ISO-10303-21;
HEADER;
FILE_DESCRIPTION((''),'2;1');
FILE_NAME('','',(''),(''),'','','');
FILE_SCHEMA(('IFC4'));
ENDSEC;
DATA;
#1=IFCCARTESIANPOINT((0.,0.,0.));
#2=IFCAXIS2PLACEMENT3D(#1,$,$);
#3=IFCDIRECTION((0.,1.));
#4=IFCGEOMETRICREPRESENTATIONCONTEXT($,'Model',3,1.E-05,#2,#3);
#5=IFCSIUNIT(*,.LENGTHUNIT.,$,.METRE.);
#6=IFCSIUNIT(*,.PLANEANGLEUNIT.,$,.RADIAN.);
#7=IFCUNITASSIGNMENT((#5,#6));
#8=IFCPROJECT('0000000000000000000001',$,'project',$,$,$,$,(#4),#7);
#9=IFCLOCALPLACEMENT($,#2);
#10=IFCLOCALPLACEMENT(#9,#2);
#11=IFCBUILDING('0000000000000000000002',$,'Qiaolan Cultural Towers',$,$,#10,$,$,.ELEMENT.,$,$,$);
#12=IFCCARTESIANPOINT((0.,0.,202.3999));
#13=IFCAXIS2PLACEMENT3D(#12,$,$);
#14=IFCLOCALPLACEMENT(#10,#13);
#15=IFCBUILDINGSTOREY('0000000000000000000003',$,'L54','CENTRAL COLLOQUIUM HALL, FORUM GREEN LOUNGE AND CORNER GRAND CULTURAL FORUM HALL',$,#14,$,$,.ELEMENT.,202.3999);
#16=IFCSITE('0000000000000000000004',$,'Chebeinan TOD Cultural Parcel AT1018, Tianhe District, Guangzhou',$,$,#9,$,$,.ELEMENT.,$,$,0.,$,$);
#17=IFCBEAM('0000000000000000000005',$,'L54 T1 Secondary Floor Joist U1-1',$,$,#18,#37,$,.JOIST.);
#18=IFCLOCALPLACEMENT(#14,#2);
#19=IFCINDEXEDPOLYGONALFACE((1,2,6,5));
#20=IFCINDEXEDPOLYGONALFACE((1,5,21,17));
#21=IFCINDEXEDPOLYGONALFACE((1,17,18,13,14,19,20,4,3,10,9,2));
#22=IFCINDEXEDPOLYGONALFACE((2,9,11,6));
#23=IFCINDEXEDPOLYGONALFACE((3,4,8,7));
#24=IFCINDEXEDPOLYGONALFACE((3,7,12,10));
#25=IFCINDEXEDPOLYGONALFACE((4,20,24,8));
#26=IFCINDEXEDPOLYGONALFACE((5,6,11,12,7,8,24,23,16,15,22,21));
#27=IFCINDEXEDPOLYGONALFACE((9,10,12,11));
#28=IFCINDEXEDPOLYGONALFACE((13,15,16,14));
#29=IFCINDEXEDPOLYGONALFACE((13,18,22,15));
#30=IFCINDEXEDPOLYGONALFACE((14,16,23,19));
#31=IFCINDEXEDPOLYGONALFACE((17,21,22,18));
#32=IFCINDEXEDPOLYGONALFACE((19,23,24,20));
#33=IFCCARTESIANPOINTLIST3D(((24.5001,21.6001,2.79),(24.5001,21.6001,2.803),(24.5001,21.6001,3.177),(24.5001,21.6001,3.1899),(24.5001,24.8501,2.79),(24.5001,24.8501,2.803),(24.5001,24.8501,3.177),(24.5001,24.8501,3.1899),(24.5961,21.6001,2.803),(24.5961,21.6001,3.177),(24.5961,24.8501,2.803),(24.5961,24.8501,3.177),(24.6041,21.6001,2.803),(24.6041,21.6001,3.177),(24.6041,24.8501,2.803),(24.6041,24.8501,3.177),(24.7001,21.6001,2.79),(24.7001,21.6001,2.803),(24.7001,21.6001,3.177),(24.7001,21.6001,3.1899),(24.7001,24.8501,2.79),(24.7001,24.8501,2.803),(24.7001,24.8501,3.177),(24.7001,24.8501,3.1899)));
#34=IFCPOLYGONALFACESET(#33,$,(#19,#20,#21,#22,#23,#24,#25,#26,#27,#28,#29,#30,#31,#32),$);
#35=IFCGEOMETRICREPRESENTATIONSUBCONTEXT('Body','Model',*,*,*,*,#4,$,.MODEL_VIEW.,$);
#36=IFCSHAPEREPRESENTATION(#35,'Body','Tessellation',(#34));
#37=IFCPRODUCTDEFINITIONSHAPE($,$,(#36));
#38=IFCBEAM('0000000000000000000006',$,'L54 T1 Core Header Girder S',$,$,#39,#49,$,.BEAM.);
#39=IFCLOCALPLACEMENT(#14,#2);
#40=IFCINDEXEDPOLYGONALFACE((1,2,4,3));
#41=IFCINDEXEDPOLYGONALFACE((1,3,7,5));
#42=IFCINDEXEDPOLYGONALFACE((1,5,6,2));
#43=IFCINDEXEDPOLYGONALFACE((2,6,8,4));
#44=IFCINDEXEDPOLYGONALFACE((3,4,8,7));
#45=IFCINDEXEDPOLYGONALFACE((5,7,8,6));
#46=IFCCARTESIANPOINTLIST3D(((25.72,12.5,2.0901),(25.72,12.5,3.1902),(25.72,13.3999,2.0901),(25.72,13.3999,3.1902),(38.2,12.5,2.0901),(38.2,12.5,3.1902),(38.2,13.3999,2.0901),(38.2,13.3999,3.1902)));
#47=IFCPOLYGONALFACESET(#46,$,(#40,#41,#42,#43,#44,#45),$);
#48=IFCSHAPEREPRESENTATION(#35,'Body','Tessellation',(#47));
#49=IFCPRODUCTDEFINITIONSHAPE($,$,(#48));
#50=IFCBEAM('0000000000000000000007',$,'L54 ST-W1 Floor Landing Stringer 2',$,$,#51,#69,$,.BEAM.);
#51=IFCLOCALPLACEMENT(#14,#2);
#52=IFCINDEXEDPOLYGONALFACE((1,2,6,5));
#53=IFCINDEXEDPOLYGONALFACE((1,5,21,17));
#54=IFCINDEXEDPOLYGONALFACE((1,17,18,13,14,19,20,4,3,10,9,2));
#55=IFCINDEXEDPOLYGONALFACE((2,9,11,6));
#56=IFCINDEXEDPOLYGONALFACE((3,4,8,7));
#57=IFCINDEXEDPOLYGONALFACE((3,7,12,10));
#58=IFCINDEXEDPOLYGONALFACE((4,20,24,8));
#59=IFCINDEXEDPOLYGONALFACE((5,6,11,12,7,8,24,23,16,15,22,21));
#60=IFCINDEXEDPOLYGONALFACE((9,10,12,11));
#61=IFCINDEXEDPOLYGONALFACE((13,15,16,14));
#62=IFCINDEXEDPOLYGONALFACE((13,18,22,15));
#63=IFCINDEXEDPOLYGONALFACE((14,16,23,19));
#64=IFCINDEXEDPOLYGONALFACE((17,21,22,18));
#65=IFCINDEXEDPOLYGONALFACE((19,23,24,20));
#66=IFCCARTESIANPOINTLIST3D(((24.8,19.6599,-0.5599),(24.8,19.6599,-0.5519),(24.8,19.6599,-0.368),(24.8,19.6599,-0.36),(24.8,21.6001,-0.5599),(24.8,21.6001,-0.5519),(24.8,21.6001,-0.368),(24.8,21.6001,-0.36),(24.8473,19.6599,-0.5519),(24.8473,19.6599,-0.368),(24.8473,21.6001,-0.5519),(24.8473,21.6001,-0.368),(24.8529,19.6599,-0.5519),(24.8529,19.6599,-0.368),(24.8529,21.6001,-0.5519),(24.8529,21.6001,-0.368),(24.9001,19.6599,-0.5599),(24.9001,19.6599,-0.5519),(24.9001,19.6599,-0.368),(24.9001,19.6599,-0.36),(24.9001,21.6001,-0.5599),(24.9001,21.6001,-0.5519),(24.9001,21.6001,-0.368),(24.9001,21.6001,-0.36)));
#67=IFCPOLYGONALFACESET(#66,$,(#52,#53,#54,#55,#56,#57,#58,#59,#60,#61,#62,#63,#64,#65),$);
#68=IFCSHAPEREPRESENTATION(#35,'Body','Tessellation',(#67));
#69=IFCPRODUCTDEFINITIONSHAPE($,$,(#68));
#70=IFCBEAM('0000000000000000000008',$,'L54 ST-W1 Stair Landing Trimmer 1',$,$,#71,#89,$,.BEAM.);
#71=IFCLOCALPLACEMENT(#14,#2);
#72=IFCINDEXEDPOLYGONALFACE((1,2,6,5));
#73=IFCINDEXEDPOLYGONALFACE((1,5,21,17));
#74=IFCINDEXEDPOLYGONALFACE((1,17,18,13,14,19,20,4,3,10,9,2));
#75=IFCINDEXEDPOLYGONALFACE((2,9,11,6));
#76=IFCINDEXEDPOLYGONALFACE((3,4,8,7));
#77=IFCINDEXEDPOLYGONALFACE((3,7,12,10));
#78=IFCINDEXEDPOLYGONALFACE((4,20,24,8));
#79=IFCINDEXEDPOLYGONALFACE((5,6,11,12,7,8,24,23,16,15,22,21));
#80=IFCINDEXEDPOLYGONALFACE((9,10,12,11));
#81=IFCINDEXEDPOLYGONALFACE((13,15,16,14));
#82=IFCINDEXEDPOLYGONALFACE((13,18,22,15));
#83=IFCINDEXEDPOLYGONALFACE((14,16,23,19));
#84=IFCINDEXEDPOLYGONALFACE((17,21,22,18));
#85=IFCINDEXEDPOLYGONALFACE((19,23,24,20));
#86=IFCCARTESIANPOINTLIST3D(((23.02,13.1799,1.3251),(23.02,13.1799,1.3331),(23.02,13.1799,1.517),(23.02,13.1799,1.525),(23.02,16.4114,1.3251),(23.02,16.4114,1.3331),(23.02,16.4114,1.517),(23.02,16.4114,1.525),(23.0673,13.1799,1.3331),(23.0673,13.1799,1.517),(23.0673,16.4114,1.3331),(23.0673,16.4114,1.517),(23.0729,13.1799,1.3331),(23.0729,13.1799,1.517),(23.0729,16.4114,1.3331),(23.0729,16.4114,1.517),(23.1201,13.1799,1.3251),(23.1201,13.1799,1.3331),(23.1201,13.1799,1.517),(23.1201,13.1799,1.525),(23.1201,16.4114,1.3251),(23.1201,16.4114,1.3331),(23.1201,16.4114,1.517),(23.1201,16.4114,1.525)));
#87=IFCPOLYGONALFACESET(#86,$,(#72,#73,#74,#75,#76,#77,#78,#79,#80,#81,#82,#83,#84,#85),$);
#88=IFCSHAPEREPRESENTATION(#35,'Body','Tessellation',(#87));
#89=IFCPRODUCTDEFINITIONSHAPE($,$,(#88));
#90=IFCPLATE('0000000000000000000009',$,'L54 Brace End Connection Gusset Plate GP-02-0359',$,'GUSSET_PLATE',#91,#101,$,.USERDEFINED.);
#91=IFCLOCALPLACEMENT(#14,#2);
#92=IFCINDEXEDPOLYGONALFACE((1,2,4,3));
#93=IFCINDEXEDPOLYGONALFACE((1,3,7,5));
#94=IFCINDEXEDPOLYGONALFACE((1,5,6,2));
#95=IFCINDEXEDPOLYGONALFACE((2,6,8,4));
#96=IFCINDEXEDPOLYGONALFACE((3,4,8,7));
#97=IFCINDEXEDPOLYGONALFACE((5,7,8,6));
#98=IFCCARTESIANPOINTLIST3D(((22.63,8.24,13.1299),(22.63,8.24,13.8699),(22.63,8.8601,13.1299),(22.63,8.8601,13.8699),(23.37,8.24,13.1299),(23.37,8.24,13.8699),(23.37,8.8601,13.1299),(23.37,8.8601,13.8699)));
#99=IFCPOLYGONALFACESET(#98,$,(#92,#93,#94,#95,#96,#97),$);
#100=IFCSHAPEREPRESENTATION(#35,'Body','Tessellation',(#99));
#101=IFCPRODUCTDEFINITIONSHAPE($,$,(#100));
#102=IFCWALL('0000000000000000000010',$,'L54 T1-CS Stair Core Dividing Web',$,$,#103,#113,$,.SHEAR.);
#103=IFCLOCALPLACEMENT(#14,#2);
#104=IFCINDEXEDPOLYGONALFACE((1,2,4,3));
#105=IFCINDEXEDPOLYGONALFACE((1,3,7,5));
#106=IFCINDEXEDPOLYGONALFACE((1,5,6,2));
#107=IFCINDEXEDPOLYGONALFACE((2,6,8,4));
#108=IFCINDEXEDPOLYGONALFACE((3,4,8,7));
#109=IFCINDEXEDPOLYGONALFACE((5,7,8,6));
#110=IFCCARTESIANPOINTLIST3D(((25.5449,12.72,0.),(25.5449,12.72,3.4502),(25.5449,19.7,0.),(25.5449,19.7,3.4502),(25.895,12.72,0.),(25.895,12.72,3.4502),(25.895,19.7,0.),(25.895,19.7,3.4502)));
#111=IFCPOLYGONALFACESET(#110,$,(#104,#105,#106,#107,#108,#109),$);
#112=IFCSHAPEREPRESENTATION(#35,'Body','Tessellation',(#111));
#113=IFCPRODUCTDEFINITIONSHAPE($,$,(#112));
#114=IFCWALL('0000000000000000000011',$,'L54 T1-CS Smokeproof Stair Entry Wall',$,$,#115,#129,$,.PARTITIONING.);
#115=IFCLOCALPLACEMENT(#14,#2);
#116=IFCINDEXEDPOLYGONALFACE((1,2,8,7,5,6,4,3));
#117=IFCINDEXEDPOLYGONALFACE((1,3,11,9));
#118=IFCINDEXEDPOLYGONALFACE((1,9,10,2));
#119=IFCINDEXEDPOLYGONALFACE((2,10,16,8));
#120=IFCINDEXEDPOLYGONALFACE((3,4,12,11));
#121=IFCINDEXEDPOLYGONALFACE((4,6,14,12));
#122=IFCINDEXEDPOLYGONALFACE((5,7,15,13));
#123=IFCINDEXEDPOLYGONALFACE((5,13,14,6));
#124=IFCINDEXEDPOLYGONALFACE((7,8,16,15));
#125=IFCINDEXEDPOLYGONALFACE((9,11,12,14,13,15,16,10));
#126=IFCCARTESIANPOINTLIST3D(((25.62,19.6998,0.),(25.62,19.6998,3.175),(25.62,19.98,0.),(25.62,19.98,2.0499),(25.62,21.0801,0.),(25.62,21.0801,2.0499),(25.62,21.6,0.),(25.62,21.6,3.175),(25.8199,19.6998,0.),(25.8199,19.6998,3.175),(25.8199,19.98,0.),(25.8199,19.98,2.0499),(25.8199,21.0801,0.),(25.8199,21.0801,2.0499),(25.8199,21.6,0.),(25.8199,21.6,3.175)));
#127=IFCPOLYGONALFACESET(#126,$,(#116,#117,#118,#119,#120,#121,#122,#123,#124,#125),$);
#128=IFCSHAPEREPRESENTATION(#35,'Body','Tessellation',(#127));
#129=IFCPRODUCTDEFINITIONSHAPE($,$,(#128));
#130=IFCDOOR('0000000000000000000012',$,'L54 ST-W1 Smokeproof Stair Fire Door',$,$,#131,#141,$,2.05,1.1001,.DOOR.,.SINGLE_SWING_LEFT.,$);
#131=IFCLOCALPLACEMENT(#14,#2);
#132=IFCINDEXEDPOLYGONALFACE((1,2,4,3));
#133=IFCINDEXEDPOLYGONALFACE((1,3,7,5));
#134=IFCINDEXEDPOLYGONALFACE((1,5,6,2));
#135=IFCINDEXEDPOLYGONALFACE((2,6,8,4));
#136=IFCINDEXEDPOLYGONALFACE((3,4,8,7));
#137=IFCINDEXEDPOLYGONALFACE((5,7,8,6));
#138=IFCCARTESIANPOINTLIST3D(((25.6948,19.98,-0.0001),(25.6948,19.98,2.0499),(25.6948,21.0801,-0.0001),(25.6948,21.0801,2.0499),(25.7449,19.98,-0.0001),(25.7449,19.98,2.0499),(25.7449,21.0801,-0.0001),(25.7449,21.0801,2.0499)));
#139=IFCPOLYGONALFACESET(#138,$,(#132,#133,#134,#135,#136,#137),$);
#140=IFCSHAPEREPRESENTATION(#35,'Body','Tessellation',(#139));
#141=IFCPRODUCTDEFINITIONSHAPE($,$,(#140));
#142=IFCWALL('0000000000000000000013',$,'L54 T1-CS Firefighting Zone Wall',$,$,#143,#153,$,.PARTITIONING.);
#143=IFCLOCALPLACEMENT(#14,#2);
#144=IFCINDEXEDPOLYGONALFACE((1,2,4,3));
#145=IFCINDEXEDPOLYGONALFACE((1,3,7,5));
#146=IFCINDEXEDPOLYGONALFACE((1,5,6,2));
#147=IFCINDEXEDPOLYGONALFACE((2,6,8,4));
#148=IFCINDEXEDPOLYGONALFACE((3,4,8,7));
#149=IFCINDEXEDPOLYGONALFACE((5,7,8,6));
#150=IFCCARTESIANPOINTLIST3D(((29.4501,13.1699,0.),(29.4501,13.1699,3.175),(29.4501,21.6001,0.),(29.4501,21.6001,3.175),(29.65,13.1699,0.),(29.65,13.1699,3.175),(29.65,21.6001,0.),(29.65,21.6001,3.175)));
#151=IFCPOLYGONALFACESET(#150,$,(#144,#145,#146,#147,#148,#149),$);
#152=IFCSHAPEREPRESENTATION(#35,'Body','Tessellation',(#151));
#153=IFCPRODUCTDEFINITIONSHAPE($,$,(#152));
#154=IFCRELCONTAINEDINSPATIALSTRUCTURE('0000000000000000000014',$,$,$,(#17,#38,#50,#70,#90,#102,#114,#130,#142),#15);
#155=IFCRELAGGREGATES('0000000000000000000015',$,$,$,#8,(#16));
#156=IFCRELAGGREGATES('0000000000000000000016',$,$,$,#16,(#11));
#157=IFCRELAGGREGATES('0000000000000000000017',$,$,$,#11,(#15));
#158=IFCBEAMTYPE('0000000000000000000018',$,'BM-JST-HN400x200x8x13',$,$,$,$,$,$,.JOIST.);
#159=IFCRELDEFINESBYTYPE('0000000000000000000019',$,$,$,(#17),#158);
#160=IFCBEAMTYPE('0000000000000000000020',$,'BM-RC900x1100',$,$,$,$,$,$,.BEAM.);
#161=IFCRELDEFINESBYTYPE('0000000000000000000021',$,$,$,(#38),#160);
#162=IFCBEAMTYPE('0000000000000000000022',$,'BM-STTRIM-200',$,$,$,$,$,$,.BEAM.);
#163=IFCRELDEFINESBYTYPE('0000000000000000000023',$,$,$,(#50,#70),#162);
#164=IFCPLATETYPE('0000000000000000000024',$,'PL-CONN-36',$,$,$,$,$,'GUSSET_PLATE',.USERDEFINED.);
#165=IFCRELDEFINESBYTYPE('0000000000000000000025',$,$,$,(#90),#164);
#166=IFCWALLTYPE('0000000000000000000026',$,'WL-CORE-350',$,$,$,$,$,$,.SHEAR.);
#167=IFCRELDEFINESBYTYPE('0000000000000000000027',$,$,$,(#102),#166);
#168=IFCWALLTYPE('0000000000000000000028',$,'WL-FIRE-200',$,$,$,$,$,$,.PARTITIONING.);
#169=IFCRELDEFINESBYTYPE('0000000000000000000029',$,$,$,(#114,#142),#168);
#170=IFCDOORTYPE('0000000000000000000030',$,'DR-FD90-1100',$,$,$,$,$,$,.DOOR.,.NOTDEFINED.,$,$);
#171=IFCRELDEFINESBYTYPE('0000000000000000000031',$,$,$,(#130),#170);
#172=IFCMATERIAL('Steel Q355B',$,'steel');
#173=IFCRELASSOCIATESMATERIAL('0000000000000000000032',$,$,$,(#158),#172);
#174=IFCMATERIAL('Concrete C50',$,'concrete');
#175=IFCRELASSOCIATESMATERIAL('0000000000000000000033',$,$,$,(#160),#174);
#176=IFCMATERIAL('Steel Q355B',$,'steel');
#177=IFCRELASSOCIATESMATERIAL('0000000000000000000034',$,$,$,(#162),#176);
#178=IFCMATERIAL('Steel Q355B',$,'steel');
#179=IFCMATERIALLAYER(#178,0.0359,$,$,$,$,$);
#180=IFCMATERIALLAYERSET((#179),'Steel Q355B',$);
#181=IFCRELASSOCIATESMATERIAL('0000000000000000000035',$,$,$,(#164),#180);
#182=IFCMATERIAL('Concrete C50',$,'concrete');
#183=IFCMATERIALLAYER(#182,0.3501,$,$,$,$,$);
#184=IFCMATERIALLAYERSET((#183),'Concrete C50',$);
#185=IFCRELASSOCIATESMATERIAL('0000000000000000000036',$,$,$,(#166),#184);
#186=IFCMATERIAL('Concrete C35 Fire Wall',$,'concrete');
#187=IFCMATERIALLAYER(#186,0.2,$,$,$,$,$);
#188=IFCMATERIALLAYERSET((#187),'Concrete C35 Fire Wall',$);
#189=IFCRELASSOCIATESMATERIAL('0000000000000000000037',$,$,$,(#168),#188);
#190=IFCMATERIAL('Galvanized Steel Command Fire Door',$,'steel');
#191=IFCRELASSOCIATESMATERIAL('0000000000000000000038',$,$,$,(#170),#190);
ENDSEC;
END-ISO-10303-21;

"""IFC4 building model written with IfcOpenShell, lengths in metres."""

from ifc_helpers import new_model, si_unit, direction, frame, frame_2d, origin, origin_2d, place, context, subcontext, project, spatial, rectangle, i_section, extrude, material, layer, layer_set, material_profile, profile_set, type_object, element, fill, save


model = new_model("IFC4")

# Units and contexts
model_context = context("Model", 3, precision=1e-05, world=origin(), true_north=direction((0.0, 1.0)))
body_context = subcontext(model_context, "Body", "Model", "MODEL_VIEW")
ifc_project = project(units=[si_unit("LENGTHUNIT", "METRE"), si_unit("PLANEANGLEUNIT", "RADIAN")], contexts=[model_context])

# Site, building, storey
site_placement = place(None, origin())
site = spatial("IfcSite", under=ifc_project, at=site_placement, Name="Chebeinan TOD Cultural Parcel AT1018, Tianhe District, Guangzhou", CompositionType="ELEMENT", RefElevation=0.0)
building_placement = place(site_placement, origin())
building = spatial("IfcBuilding", under=site, at=building_placement, Name="Qiaolan Cultural Towers", CompositionType="ELEMENT")
storey_placement = place(building_placement, frame((0.0, 0.0, 202.3999)))
storey = spatial("IfcBuildingStorey", under=building, at=storey_placement, Name="L54", Description="CENTRAL COLLOQUIUM HALL, FORUM GREEN LOUNGE AND CORNER GRAND CULTURAL FORUM HALL", CompositionType="ELEMENT", Elevation=202.3999)

# Beams
ifc_material_1 = material(Name="Steel Q355B", Category="steel")
ifc_material_profile_1 = material_profile(ifc_material_1, i_section(OverallWidth=0.2, OverallDepth=0.3999, WebThickness=0.0081, FlangeThickness=0.0129, at=origin_2d()), Name="HN400x200x8x13")
ifc_profile_set_1 = profile_set([ifc_material_profile_1], Name="Steel Q355B")
beam_type_1 = type_object("IfcBeamType", Name="BM-JST-HN400x200x8x13", PredefinedType="JOIST", material=ifc_profile_set_1)
beam_1_placement = place(storey_placement, frame((24.6001, 21.6001, 2.99), z_axis=(0.0, 1.0, 0.0), x_axis=(-1.0, 0.0, 0.0)))
element("IfcBeam", 1, at=beam_1_placement, inside=storey, type_object=beam_type_1, Name="L54 T1 Secondary Floor Joist U1-1", PredefinedType="JOIST", context=body_context, shape_type="SweptSolid", body=[
    extrude(i_section(OverallWidth=0.2, OverallDepth=0.3999, WebThickness=0.0081, FlangeThickness=0.0129, at=origin_2d()), origin(), (0.0, 0.0, 1.0), 3.25),
])
ifc_material_2 = material(Name="Concrete C50", Category="concrete")
ifc_material_profile_2 = material_profile(ifc_material_2, rectangle(XDim=0.8999, YDim=1.1001, at=origin_2d()), Name="RC900x1100")
ifc_profile_set_2 = profile_set([ifc_material_profile_2], Name="Concrete C50")
beam_type_2 = type_object("IfcBeamType", Name="BM-RC900x1100", PredefinedType="BEAM", material=ifc_profile_set_2)
beam_2_placement = place(storey_placement, frame((25.72, 12.95, 2.6401), z_axis=(1.0, 0.0, 0.0), x_axis=(0.0, 1.0, 0.0)))
element("IfcBeam", 2, at=beam_2_placement, inside=storey, type_object=beam_type_2, Name="L54 T1 Core Header Girder S", PredefinedType="BEAM", context=body_context, shape_type="SweptSolid", body=[
    extrude(rectangle(XDim=0.8999, YDim=1.1001, at=origin_2d()), origin(), (0.0, 0.0, 1.0), 12.48),
])
ifc_material_3 = material(Name="Steel Q355B", Category="steel")
ifc_material_profile_3 = material_profile(ifc_material_3, i_section(OverallWidth=0.1001, OverallDepth=0.2, WebThickness=0.0056, FlangeThickness=0.0081, at=origin_2d()), Name="HN200x100x5.5x8")
ifc_profile_set_3 = profile_set([ifc_material_profile_3], Name="Steel Q355B")
beam_type_3 = type_object("IfcBeamType", Name="BM-STTRIM-200", PredefinedType="BEAM", material=ifc_profile_set_3)
beam_3_placement = place(storey_placement, frame((24.8501, 21.6001, -0.46), z_axis=(0.0, -1.0, 0.0), x_axis=(1.0, 0.0, 0.0)))
element("IfcBeam", 3, at=beam_3_placement, inside=storey, type_object=beam_type_3, Name="L54 ST-W1 Floor Landing Stringer 2", PredefinedType="BEAM", context=body_context, shape_type="SweptSolid", body=[
    extrude(i_section(OverallWidth=0.1001, OverallDepth=0.2, WebThickness=0.0056, FlangeThickness=0.0081, at=origin_2d()), origin(), (0.0, 0.0, 1.0), 1.9402),
])
beam_4_placement = place(storey_placement, frame((23.0701, 16.4114, 1.425), z_axis=(0.0, -1.0, 0.0), x_axis=(1.0, 0.0, 0.0)))
element("IfcBeam", 4, at=beam_4_placement, inside=storey, type_object=beam_type_3, Name="L54 ST-W1 Stair Landing Trimmer 1", PredefinedType="BEAM", context=body_context, shape_type="SweptSolid", body=[
    extrude(i_section(OverallWidth=0.1001, OverallDepth=0.2, WebThickness=0.0056, FlangeThickness=0.0081, at=origin_2d()), origin(), (0.0, 0.0, 1.0), 3.2314),
])

# Plate
ifc_material_4 = material(Name="Steel Q355B", Category="steel")
ifc_layer_1 = layer(ifc_material_4, 0.0359)
ifc_layer_set_1 = layer_set([ifc_layer_1], Name="Steel Q355B")
plate_type = type_object("IfcPlateType", Name="PL-CONN-36", ElementType="GUSSET_PLATE", PredefinedType="USERDEFINED", material=ifc_layer_set_1)
plate_placement = place(storey_placement, frame((23.0, 8.55, 13.1299), z_axis=(0.0, 0.0, 1.0), x_axis=(1.0, 0.0, 0.0)))
element("IfcPlate", 5, at=plate_placement, inside=storey, type_object=plate_type, Name="L54 Brace End Connection Gusset Plate GP-02-0359", ObjectType="GUSSET_PLATE", PredefinedType="USERDEFINED", context=body_context, shape_type="SweptSolid", body=[
    extrude(rectangle(XDim=0.74, YDim=0.6201, at=origin_2d()), origin(), (0.0, 0.0, 1.0), 0.74),
])

# Wall
ifc_material_5 = material(Name="Concrete C50", Category="concrete")
ifc_layer_2 = layer(ifc_material_5, 0.3501)
ifc_layer_set_2 = layer_set([ifc_layer_2], Name="Concrete C50")
wall_type_1 = type_object("IfcWallType", Name="WL-CORE-350", PredefinedType="SHEAR", material=ifc_layer_set_2)
wall_1_placement = place(storey_placement, frame((25.72, 19.7, 0.0), z_axis=(0.0, 0.0, 1.0), x_axis=(0.0, -1.0, 0.0)))
element("IfcWall", 6, at=wall_1_placement, inside=storey, type_object=wall_type_1, Name="L54 T1-CS Stair Core Dividing Web", PredefinedType="SHEAR", context=body_context, shape_type="SweptSolid", body=[
    extrude(rectangle(XDim=6.98, YDim=0.3501, at=frame_2d((3.49, 0.0))), origin(), (0.0, 0.0, 1.0), 3.4502),
])

# Wall, opening, door
ifc_material_6 = material(Name="Concrete C35 Fire Wall", Category="concrete")
ifc_layer_3 = layer(ifc_material_6, 0.2)
ifc_layer_set_3 = layer_set([ifc_layer_3], Name="Concrete C35 Fire Wall")
wall_type_2 = type_object("IfcWallType", Name="WL-FIRE-200", PredefinedType="PARTITIONING", material=ifc_layer_set_3)
wall_2_placement = place(storey_placement, frame((25.72, 21.6001, 0.0), z_axis=(0.0, 0.0, 1.0), x_axis=(0.0, -1.0, 0.0)))
wall_2 = element("IfcWall", 7, at=wall_2_placement, inside=storey, type_object=wall_type_2, Name="L54 T1-CS Smokeproof Stair Entry Wall", PredefinedType="PARTITIONING", context=body_context, shape_type="SweptSolid", body=[
    extrude(rectangle(XDim=1.9001, YDim=0.2, at=frame_2d((0.9502, 0.0))), origin(), (0.0, 0.0, 1.0), 3.175),
])
opening_1_placement = place(wall_2_placement, frame((0.52, 0.0, 0.0)))
opening_1 = element("IfcOpeningElement", 8, at=opening_1_placement, cuts=wall_2, PredefinedType="OPENING", context=body_context, shape_type="SweptSolid", body=[
    extrude(rectangle(XDim=1.1001, YDim=2.05, at=frame_2d((0.55, 1.0249))), frame((0.0, 0.1099, 0.0), z_axis=(0.0, -1.0, 0.0), x_axis=(1.0, 0.0, 0.0)), (0.0, 0.0, 1.0), 0.22),
])
ifc_material_7 = material(Name="Galvanized Steel Command Fire Door", Category="steel")
door_type_1 = type_object("IfcDoorType", Name="DR-FD90-1100", OperationType="NOTDEFINED", PredefinedType="DOOR", material=ifc_material_7)
door_1_placement = place(opening_1_placement, origin())
door_1 = element("IfcDoor", 9, at=door_1_placement, inside=storey, type_object=door_type_1, Name="L54 ST-W1 Smokeproof Stair Fire Door", OperationType="SINGLE_SWING_LEFT", OverallHeight=2.05, OverallWidth=1.1001, PredefinedType="DOOR", context=body_context, shape_type="SweptSolid", body=[
    extrude(rectangle(XDim=1.1001, YDim=2.05, at=frame_2d((0.55, 1.0249))), frame((0.0, 0.0249, 0.0), z_axis=(0.0, -1.0, 0.0), x_axis=(1.0, 0.0, 0.0)), (0.0, 0.0, 1.0), 0.05),
])
fill(opening_1, door_1)

# Wall
wall_3_placement = place(storey_placement, frame((29.55, 21.6001, 0.0), z_axis=(0.0, 0.0, 1.0), x_axis=(0.0, -1.0, 0.0)))
element("IfcWall", 10, at=wall_3_placement, inside=storey, type_object=wall_type_2, Name="L54 T1-CS Firefighting Zone Wall", PredefinedType="PARTITIONING", context=body_context, shape_type="SweptSolid", body=[
    extrude(rectangle(XDim=8.4302, YDim=0.2, at=frame_2d((4.2151, 0.0))), origin(), (0.0, 0.0, 1.0), 3.175),
])

save(model, "model.ifc")
